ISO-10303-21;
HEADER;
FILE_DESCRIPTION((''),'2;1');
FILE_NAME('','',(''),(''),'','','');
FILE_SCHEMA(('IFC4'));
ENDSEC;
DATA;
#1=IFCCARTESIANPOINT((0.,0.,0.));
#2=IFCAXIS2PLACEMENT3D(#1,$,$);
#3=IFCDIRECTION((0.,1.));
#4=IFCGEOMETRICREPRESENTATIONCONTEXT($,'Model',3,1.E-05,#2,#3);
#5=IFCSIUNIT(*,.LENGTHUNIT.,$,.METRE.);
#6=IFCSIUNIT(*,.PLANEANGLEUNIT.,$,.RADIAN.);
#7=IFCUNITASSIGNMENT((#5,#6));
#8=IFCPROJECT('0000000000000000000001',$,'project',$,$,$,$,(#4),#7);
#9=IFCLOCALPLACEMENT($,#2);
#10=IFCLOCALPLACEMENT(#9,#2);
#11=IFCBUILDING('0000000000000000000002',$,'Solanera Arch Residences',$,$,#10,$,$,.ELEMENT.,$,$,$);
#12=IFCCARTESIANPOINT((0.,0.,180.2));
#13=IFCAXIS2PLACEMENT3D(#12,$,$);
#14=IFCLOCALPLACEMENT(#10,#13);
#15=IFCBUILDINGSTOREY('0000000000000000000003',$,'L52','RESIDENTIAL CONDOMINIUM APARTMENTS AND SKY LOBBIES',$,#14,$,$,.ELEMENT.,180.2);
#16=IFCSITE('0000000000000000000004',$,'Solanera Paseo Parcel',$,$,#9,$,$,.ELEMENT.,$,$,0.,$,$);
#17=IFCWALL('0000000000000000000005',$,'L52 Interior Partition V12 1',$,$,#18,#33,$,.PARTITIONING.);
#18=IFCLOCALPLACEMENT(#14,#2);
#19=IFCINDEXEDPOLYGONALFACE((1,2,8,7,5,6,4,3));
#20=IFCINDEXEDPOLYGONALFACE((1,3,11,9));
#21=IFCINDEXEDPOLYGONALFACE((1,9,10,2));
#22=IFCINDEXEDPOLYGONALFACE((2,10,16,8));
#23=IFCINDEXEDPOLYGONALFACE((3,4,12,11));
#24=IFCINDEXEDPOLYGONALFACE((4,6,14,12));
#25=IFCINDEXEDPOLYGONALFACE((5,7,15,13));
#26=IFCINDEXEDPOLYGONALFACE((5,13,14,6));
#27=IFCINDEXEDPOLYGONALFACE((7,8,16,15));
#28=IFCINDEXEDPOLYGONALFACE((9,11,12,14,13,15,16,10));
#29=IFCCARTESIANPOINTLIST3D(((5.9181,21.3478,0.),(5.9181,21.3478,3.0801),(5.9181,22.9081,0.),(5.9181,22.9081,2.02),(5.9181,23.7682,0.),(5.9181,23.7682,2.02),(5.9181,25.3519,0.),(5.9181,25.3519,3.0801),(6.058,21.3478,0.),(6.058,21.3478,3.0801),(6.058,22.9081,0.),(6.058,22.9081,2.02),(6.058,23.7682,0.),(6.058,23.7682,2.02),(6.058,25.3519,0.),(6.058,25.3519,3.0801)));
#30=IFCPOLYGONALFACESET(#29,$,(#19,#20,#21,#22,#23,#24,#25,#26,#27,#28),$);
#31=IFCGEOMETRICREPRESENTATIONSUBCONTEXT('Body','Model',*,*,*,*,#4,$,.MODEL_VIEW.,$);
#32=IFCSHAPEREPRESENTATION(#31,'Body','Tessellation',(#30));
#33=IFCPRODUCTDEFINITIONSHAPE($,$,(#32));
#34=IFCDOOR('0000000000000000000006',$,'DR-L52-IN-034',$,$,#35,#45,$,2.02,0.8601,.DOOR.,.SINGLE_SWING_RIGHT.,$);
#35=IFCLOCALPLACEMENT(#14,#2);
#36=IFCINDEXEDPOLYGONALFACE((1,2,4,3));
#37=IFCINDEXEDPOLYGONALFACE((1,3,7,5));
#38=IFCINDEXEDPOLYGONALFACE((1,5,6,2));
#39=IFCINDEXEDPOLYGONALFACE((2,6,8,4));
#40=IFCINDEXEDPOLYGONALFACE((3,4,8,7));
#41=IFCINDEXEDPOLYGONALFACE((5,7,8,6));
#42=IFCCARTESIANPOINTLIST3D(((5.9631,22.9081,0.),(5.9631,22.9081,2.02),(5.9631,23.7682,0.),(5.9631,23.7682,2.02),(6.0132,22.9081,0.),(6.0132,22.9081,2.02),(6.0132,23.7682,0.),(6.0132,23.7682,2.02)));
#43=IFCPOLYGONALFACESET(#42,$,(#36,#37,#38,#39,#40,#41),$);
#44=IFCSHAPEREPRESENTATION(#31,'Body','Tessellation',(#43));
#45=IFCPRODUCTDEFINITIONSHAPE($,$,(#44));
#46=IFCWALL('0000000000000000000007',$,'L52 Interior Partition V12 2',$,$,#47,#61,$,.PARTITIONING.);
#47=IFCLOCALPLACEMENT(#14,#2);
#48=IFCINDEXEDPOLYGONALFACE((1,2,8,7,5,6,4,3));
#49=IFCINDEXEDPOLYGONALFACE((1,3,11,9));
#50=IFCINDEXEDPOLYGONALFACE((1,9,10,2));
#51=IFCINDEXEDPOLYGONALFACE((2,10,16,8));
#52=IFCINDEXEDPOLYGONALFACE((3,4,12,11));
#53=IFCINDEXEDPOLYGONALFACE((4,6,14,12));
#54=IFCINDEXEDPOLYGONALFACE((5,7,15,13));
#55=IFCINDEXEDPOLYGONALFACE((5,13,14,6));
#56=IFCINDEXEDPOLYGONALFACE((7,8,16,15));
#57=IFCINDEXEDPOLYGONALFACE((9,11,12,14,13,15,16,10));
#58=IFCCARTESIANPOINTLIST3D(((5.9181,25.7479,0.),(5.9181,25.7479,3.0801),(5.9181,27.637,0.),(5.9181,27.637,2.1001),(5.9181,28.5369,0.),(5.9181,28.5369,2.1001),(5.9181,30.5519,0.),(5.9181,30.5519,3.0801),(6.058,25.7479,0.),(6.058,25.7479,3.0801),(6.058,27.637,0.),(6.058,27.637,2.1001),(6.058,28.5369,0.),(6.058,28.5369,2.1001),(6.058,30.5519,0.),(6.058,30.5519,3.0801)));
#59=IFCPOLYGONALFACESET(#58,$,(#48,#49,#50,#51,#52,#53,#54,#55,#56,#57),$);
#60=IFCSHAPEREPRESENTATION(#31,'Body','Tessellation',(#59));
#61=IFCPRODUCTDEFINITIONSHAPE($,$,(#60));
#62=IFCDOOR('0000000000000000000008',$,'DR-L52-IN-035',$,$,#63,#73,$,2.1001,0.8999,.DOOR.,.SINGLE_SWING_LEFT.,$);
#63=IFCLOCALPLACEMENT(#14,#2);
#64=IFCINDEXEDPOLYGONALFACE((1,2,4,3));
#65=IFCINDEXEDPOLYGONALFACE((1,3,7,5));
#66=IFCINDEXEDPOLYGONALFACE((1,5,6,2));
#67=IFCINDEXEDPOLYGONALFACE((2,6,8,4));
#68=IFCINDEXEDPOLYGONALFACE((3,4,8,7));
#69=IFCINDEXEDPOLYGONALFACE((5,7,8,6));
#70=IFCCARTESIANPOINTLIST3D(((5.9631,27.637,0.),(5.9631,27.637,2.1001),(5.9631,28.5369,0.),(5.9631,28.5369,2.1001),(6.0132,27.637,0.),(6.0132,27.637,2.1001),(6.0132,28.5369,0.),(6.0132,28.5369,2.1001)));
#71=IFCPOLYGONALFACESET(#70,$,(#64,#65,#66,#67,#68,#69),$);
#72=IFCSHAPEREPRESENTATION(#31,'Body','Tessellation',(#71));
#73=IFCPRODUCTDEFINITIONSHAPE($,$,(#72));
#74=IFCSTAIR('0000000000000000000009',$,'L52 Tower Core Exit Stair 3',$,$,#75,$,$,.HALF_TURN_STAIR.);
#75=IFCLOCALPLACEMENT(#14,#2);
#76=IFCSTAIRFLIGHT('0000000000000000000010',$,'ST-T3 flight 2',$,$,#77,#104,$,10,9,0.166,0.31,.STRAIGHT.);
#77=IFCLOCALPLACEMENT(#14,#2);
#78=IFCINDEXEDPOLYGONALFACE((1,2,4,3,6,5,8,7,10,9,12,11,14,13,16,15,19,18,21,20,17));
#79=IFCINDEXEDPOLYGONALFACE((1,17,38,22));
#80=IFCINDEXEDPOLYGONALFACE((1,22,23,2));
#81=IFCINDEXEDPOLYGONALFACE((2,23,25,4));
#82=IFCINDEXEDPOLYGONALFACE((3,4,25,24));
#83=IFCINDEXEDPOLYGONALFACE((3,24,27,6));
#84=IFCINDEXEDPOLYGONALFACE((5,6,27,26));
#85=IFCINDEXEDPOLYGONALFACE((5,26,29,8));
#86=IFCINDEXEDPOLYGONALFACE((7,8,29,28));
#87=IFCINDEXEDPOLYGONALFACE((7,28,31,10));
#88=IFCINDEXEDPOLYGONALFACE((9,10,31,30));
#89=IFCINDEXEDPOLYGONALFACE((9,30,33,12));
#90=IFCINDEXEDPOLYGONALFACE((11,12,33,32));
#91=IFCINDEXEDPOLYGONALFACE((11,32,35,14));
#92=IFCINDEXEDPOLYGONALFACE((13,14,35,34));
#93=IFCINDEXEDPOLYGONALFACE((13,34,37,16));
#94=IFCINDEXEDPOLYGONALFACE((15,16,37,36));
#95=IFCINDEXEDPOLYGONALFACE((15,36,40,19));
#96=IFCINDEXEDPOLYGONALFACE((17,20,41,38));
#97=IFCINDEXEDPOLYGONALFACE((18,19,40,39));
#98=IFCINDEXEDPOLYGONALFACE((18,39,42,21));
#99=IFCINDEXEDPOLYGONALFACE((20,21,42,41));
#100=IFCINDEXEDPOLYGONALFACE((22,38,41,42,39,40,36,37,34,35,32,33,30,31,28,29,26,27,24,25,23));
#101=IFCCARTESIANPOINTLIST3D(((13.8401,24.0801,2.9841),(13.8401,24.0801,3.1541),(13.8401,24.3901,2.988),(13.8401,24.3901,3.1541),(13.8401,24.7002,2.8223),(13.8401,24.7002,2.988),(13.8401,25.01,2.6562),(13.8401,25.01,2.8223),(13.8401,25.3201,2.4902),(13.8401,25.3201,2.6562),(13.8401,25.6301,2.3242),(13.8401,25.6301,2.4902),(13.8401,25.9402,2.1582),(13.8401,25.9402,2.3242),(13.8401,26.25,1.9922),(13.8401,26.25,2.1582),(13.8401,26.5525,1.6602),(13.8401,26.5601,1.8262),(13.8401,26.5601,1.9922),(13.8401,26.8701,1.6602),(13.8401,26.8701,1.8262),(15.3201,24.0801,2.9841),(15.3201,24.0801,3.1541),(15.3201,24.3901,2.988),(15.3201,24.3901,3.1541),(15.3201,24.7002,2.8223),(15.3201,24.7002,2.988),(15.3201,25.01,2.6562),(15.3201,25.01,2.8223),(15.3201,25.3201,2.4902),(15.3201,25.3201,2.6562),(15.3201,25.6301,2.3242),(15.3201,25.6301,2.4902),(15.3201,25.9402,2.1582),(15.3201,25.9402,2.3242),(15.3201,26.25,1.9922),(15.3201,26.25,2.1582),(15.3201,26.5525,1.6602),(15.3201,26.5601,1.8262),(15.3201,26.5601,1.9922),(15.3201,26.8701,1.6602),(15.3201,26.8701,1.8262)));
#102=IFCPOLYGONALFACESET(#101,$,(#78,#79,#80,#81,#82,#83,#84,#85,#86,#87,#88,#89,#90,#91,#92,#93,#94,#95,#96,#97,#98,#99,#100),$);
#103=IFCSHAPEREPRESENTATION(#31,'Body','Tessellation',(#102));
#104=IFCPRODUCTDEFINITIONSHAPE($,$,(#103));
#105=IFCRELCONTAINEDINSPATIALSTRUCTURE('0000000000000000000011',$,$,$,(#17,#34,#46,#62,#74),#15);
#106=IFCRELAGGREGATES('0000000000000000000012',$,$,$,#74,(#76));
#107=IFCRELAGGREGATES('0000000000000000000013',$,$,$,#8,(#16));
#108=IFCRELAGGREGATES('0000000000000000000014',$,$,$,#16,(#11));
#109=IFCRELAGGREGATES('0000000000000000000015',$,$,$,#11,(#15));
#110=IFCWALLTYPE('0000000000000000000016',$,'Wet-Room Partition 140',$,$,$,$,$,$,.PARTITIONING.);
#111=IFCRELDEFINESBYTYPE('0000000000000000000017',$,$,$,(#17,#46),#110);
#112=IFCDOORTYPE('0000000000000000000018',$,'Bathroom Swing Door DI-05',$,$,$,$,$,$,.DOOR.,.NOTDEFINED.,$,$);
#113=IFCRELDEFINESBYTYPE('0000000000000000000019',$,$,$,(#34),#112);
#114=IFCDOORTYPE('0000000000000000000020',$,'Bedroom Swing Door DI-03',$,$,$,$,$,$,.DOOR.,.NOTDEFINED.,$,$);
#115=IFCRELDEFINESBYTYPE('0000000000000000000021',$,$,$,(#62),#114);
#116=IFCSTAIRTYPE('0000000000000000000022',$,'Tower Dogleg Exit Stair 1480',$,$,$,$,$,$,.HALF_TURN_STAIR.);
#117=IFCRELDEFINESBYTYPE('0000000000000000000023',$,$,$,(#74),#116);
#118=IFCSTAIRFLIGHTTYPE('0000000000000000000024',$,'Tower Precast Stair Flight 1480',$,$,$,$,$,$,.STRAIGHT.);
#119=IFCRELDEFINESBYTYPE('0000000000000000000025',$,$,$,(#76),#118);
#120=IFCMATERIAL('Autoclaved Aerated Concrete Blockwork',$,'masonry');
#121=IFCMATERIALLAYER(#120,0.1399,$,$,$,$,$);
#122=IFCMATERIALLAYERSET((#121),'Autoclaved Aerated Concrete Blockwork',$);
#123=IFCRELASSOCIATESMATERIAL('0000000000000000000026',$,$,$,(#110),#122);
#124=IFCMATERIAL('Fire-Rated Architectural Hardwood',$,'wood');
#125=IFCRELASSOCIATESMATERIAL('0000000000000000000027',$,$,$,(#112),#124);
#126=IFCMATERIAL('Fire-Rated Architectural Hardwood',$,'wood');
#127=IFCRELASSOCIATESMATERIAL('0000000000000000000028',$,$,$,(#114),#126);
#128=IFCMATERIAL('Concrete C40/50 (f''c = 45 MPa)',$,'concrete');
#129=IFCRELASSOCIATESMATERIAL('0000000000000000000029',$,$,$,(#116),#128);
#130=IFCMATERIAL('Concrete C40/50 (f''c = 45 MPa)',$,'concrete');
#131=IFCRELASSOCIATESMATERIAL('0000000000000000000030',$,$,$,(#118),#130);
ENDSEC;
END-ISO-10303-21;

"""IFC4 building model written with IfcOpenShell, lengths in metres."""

from ifc_helpers import new_model, si_unit, direction, frame, frame_2d, origin, place, context, subcontext, project, spatial, polyline, rectangle, outline, extrude, material, layer, layer_set, type_object, element, fill, aggregate, save


model = new_model("IFC4")

# Units and contexts
model_context = context("Model", 3, precision=1e-05, world=origin(), true_north=direction((0.0, 1.0)))
body_context = subcontext(model_context, "Body", "Model", "MODEL_VIEW")
ifc_project = project(units=[si_unit("LENGTHUNIT", "METRE"), si_unit("PLANEANGLEUNIT", "RADIAN")], contexts=[model_context])

# Site, building, storey
site_placement = place(None, origin())
site = spatial("IfcSite", under=ifc_project, at=site_placement, Name="Solanera Paseo Parcel", CompositionType="ELEMENT", RefElevation=0.0)
building_placement = place(site_placement, origin())
building = spatial("IfcBuilding", under=site, at=building_placement, Name="Solanera Arch Residences", CompositionType="ELEMENT")
storey_placement = place(building_placement, frame((0.0, 0.0, 180.2)))
storey = spatial("IfcBuildingStorey", under=building, at=storey_placement, Name="L52", Description="RESIDENTIAL CONDOMINIUM APARTMENTS AND SKY LOBBIES", CompositionType="ELEMENT", Elevation=180.2)

# Walls, openings, doors
ifc_material_1 = material(Name="Autoclaved Aerated Concrete Blockwork", Category="masonry")
ifc_layer_1 = layer(ifc_material_1, 0.1399)
ifc_layer_set_1 = layer_set([ifc_layer_1], Name="Autoclaved Aerated Concrete Blockwork")
wall_type_1 = type_object("IfcWallType", Name="Wet-Room Partition 140", PredefinedType="PARTITIONING", material=ifc_layer_set_1)
wall_1_placement = place(storey_placement, frame((5.988, 21.3479, 0.0), z_axis=(0.0, 0.0, 1.0), x_axis=(0.0, 1.0, 0.0)))
wall_1 = element("IfcWall", 1, at=wall_1_placement, inside=storey, type_object=wall_type_1, Name="L52 Interior Partition V12 1", PredefinedType="PARTITIONING", context=body_context, shape_type="SweptSolid", body=[
    extrude(rectangle(XDim=4.0042, YDim=0.1399, at=frame_2d((2.002, 0.0))), origin(), (0.0, 0.0, 1.0), 3.0801),
])
opening_1_placement = place(wall_1_placement, frame((1.5601, 0.0, 0.0)))
opening_1 = element("IfcOpeningElement", 2, at=opening_1_placement, cuts=wall_1, PredefinedType="OPENING", context=body_context, shape_type="SweptSolid", body=[
    extrude(rectangle(XDim=0.8601, YDim=2.02, at=frame_2d((0.4302, 1.01))), frame((0.0, 0.0798, 0.0), z_axis=(0.0, -1.0, 0.0), x_axis=(1.0, 0.0, 0.0)), (0.0, 0.0, 1.0), 0.1599),
])
ifc_material_2 = material(Name="Fire-Rated Architectural Hardwood", Category="wood")
door_type_1 = type_object("IfcDoorType", Name="Bathroom Swing Door DI-05", OperationType="NOTDEFINED", PredefinedType="DOOR", material=ifc_material_2)
door_1_placement = place(opening_1_placement, origin())
door_1 = element("IfcDoor", 3, at=door_1_placement, inside=storey, type_object=door_type_1, Name="DR-L52-IN-034", OperationType="SINGLE_SWING_RIGHT", OverallHeight=2.02, OverallWidth=0.8601, PredefinedType="DOOR", context=body_context, shape_type="SweptSolid", body=[
    extrude(rectangle(XDim=0.8601, YDim=2.02, at=frame_2d((0.4302, 1.01))), frame((0.0, 0.0249, 0.0), z_axis=(0.0, -1.0, 0.0), x_axis=(1.0, 0.0, 0.0)), (0.0, 0.0, 1.0), 0.05),
])
fill(opening_1, door_1)
wall_2_placement = place(storey_placement, frame((5.988, 25.748, 0.0), z_axis=(0.0, 0.0, 1.0), x_axis=(0.0, 1.0, 0.0)))
wall_2 = element("IfcWall", 4, at=wall_2_placement, inside=storey, type_object=wall_type_1, Name="L52 Interior Partition V12 2", PredefinedType="PARTITIONING", context=body_context, shape_type="SweptSolid", body=[
    extrude(rectangle(XDim=4.804, YDim=0.1399, at=frame_2d((2.4019, 0.0))), origin(), (0.0, 0.0, 1.0), 3.0801),
])
opening_2_placement = place(wall_2_placement, frame((1.8889, 0.0, 0.0)))
opening_2 = element("IfcOpeningElement", 5, at=opening_2_placement, cuts=wall_2, PredefinedType="OPENING", context=body_context, shape_type="SweptSolid", body=[
    extrude(rectangle(XDim=0.8999, YDim=2.1001, at=frame_2d((0.45, 1.05))), frame((0.0, 0.0798, 0.0), z_axis=(0.0, -1.0, 0.0), x_axis=(1.0, 0.0, 0.0)), (0.0, 0.0, 1.0), 0.1599),
])
ifc_material_3 = material(Name="Fire-Rated Architectural Hardwood", Category="wood")
door_type_2 = type_object("IfcDoorType", Name="Bedroom Swing Door DI-03", OperationType="NOTDEFINED", PredefinedType="DOOR", material=ifc_material_3)
door_2_placement = place(opening_2_placement, origin())
door_2 = element("IfcDoor", 6, at=door_2_placement, inside=storey, type_object=door_type_2, Name="DR-L52-IN-035", OperationType="SINGLE_SWING_LEFT", OverallHeight=2.1001, OverallWidth=0.8999, PredefinedType="DOOR", context=body_context, shape_type="SweptSolid", body=[
    extrude(rectangle(XDim=0.8999, YDim=2.1001, at=frame_2d((0.45, 1.05))), frame((0.0, 0.0249, 0.0), z_axis=(0.0, -1.0, 0.0), x_axis=(1.0, 0.0, 0.0)), (0.0, 0.0, 1.0), 0.05),
])
fill(opening_2, door_2)

# Stair, stair flight
ifc_material_4 = material(Name="Concrete C40/50 (f'c = 45 MPa)", Category="concrete")
stair_type = type_object("IfcStairType", Name="Tower Dogleg Exit Stair 1480", PredefinedType="HALF_TURN_STAIR", material=ifc_material_4)
stair_placement = place(storey_placement, origin())
stair = element("IfcStair", 7, at=stair_placement, inside=storey, type_object=stair_type, Name="L52 Tower Core Exit Stair 3", PredefinedType="HALF_TURN_STAIR")
ifc_material_5 = material(Name="Concrete C40/50 (f'c = 45 MPa)", Category="concrete")
stair_flight_type = type_object("IfcStairFlightType", Name="Tower Precast Stair Flight 1480", PredefinedType="STRAIGHT", material=ifc_material_5)
stair_flight_placement = place(storey_placement, frame((14.5801, 26.8701, 1.6602), z_axis=(0.0, 0.0, 1.0), x_axis=(0.0, -1.0, 0.0)))
stair_flight = element("IfcStairFlight", 8, at=stair_flight_placement, type_object=stair_flight_type, Name="ST-T3 flight 2", NumberOfRisers=10, NumberOfTreads=9, PredefinedType="STRAIGHT", RiserHeight=0.166, TreadLength=0.31, context=body_context, shape_type="SweptSolid", body=[
    extrude(outline(polyline([(0.0, 0.0), (0.0, 0.166), (0.3101, 0.166), (0.3101, 0.332), (0.6201, 0.332), (0.6201, 0.498), (0.9299, 0.498), (0.9299, 0.6641), (1.24, 0.6641), (1.24, 0.8301), (1.55, 0.8301), (1.55, 0.9961), (1.8601, 0.9961), (1.8601, 1.1621), (2.1699, 1.1621), (2.1699, 1.3279), (2.48, 1.3279), (2.48, 1.4939), (2.79, 1.4939), (2.79, 1.6599), (2.79, 1.324), (0.3176, 0.0), (0.0, 0.0)])), frame((0.0, 0.74, 0.0), z_axis=(0.0, -1.0, 0.0), x_axis=(1.0, 0.0, 0.0)), (0.0, 0.0, 1.0), 1.48),
])
aggregate(stair, [stair_flight])

save(model, "model.ifc")
